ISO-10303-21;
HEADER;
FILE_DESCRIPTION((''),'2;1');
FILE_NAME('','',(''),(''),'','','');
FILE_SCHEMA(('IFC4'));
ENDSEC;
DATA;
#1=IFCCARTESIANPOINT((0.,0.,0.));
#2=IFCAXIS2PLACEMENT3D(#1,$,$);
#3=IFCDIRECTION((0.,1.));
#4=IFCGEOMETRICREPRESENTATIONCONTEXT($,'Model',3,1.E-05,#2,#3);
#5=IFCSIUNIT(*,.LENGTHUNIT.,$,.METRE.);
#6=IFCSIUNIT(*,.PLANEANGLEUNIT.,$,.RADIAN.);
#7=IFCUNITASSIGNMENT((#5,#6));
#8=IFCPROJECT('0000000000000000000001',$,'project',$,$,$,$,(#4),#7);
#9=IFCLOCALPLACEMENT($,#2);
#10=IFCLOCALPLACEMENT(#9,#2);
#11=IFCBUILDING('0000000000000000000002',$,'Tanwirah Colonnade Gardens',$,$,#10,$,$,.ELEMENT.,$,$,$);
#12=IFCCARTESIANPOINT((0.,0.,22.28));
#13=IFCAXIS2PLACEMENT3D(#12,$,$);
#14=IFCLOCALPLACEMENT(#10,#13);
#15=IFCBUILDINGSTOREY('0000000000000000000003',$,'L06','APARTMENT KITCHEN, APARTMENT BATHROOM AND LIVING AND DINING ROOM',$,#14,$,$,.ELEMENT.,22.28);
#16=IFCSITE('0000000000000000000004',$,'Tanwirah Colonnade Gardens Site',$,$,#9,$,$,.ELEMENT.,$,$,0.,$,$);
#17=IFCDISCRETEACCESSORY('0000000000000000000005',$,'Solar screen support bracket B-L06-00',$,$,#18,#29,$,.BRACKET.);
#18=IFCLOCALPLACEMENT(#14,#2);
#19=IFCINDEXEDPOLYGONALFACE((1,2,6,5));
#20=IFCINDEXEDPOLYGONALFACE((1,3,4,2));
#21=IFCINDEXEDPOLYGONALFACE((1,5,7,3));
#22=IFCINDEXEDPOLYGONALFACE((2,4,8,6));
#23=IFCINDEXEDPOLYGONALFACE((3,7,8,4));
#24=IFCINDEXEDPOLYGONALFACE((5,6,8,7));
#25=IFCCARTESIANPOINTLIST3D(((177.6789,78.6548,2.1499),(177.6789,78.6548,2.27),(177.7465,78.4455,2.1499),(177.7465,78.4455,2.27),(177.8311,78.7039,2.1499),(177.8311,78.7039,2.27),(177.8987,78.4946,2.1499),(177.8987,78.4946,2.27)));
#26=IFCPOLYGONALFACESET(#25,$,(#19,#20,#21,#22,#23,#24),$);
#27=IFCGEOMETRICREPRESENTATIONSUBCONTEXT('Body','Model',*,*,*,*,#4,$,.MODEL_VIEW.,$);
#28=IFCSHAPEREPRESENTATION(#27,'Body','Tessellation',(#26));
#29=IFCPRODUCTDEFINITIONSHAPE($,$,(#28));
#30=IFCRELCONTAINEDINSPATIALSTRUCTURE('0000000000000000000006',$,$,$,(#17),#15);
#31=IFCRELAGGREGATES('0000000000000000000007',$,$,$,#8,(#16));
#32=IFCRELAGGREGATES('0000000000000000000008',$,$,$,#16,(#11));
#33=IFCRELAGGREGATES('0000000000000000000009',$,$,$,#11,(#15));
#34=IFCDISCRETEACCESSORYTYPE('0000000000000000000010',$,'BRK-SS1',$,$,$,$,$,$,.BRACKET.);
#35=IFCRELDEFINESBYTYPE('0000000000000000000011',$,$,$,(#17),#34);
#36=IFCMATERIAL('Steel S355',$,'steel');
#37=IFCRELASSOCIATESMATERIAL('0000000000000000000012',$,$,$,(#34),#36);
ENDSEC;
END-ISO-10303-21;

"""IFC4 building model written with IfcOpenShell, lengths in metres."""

from ifc_helpers import new_model, si_unit, direction, frame, origin, origin_2d, place, context, subcontext, project, spatial, rectangle, extrude, material, type_object, element, save


model = new_model("IFC4")

# Units and contexts
model_context = context("Model", 3, precision=1e-05, world=origin(), true_north=direction((0.0, 1.0)))
body_context = subcontext(model_context, "Body", "Model", "MODEL_VIEW")
ifc_project = project(units=[si_unit("LENGTHUNIT", "METRE"), si_unit("PLANEANGLEUNIT", "RADIAN")], contexts=[model_context])

# Site, building, storey
site_placement = place(None, origin())
site = spatial("IfcSite", under=ifc_project, at=site_placement, Name="Tanwirah Colonnade Gardens Site", CompositionType="ELEMENT", RefElevation=0.0)
building_placement = place(site_placement, origin())
building = spatial("IfcBuilding", under=site, at=building_placement, Name="Tanwirah Colonnade Gardens", CompositionType="ELEMENT")
storey_placement = place(building_placement, frame((0.0, 0.0, 22.28)))
storey = spatial("IfcBuildingStorey", under=building, at=storey_placement, Name="L06", Description="APARTMENT KITCHEN, APARTMENT BATHROOM AND LIVING AND DINING ROOM", CompositionType="ELEMENT", Elevation=22.28)

# Discrete accessory
ifc_material_1 = material(Name="Steel S355", Category="steel")
discrete_accessory_type = type_object("IfcDiscreteAccessoryType", Name="BRK-SS1", PredefinedType="BRACKET", material=ifc_material_1)
discrete_accessory_placement = place(storey_placement, frame((177.7888, 78.5747, 2.1499), z_axis=(0.0, 0.0, 1.0), x_axis=(-0.307172, 0.951654, 0.0)))
element("IfcDiscreteAccessory", 1, at=discrete_accessory_placement, inside=storey, type_object=discrete_accessory_type, Name="Solar screen support bracket B-L06-00", PredefinedType="BRACKET", context=body_context, shape_type="SweptSolid", body=[
    extrude(rectangle(XDim=0.22, YDim=0.1599, at=origin_2d()), origin(), (0.0, 0.0, 1.0), 0.1201),
])

save(model, "model.ifc")
